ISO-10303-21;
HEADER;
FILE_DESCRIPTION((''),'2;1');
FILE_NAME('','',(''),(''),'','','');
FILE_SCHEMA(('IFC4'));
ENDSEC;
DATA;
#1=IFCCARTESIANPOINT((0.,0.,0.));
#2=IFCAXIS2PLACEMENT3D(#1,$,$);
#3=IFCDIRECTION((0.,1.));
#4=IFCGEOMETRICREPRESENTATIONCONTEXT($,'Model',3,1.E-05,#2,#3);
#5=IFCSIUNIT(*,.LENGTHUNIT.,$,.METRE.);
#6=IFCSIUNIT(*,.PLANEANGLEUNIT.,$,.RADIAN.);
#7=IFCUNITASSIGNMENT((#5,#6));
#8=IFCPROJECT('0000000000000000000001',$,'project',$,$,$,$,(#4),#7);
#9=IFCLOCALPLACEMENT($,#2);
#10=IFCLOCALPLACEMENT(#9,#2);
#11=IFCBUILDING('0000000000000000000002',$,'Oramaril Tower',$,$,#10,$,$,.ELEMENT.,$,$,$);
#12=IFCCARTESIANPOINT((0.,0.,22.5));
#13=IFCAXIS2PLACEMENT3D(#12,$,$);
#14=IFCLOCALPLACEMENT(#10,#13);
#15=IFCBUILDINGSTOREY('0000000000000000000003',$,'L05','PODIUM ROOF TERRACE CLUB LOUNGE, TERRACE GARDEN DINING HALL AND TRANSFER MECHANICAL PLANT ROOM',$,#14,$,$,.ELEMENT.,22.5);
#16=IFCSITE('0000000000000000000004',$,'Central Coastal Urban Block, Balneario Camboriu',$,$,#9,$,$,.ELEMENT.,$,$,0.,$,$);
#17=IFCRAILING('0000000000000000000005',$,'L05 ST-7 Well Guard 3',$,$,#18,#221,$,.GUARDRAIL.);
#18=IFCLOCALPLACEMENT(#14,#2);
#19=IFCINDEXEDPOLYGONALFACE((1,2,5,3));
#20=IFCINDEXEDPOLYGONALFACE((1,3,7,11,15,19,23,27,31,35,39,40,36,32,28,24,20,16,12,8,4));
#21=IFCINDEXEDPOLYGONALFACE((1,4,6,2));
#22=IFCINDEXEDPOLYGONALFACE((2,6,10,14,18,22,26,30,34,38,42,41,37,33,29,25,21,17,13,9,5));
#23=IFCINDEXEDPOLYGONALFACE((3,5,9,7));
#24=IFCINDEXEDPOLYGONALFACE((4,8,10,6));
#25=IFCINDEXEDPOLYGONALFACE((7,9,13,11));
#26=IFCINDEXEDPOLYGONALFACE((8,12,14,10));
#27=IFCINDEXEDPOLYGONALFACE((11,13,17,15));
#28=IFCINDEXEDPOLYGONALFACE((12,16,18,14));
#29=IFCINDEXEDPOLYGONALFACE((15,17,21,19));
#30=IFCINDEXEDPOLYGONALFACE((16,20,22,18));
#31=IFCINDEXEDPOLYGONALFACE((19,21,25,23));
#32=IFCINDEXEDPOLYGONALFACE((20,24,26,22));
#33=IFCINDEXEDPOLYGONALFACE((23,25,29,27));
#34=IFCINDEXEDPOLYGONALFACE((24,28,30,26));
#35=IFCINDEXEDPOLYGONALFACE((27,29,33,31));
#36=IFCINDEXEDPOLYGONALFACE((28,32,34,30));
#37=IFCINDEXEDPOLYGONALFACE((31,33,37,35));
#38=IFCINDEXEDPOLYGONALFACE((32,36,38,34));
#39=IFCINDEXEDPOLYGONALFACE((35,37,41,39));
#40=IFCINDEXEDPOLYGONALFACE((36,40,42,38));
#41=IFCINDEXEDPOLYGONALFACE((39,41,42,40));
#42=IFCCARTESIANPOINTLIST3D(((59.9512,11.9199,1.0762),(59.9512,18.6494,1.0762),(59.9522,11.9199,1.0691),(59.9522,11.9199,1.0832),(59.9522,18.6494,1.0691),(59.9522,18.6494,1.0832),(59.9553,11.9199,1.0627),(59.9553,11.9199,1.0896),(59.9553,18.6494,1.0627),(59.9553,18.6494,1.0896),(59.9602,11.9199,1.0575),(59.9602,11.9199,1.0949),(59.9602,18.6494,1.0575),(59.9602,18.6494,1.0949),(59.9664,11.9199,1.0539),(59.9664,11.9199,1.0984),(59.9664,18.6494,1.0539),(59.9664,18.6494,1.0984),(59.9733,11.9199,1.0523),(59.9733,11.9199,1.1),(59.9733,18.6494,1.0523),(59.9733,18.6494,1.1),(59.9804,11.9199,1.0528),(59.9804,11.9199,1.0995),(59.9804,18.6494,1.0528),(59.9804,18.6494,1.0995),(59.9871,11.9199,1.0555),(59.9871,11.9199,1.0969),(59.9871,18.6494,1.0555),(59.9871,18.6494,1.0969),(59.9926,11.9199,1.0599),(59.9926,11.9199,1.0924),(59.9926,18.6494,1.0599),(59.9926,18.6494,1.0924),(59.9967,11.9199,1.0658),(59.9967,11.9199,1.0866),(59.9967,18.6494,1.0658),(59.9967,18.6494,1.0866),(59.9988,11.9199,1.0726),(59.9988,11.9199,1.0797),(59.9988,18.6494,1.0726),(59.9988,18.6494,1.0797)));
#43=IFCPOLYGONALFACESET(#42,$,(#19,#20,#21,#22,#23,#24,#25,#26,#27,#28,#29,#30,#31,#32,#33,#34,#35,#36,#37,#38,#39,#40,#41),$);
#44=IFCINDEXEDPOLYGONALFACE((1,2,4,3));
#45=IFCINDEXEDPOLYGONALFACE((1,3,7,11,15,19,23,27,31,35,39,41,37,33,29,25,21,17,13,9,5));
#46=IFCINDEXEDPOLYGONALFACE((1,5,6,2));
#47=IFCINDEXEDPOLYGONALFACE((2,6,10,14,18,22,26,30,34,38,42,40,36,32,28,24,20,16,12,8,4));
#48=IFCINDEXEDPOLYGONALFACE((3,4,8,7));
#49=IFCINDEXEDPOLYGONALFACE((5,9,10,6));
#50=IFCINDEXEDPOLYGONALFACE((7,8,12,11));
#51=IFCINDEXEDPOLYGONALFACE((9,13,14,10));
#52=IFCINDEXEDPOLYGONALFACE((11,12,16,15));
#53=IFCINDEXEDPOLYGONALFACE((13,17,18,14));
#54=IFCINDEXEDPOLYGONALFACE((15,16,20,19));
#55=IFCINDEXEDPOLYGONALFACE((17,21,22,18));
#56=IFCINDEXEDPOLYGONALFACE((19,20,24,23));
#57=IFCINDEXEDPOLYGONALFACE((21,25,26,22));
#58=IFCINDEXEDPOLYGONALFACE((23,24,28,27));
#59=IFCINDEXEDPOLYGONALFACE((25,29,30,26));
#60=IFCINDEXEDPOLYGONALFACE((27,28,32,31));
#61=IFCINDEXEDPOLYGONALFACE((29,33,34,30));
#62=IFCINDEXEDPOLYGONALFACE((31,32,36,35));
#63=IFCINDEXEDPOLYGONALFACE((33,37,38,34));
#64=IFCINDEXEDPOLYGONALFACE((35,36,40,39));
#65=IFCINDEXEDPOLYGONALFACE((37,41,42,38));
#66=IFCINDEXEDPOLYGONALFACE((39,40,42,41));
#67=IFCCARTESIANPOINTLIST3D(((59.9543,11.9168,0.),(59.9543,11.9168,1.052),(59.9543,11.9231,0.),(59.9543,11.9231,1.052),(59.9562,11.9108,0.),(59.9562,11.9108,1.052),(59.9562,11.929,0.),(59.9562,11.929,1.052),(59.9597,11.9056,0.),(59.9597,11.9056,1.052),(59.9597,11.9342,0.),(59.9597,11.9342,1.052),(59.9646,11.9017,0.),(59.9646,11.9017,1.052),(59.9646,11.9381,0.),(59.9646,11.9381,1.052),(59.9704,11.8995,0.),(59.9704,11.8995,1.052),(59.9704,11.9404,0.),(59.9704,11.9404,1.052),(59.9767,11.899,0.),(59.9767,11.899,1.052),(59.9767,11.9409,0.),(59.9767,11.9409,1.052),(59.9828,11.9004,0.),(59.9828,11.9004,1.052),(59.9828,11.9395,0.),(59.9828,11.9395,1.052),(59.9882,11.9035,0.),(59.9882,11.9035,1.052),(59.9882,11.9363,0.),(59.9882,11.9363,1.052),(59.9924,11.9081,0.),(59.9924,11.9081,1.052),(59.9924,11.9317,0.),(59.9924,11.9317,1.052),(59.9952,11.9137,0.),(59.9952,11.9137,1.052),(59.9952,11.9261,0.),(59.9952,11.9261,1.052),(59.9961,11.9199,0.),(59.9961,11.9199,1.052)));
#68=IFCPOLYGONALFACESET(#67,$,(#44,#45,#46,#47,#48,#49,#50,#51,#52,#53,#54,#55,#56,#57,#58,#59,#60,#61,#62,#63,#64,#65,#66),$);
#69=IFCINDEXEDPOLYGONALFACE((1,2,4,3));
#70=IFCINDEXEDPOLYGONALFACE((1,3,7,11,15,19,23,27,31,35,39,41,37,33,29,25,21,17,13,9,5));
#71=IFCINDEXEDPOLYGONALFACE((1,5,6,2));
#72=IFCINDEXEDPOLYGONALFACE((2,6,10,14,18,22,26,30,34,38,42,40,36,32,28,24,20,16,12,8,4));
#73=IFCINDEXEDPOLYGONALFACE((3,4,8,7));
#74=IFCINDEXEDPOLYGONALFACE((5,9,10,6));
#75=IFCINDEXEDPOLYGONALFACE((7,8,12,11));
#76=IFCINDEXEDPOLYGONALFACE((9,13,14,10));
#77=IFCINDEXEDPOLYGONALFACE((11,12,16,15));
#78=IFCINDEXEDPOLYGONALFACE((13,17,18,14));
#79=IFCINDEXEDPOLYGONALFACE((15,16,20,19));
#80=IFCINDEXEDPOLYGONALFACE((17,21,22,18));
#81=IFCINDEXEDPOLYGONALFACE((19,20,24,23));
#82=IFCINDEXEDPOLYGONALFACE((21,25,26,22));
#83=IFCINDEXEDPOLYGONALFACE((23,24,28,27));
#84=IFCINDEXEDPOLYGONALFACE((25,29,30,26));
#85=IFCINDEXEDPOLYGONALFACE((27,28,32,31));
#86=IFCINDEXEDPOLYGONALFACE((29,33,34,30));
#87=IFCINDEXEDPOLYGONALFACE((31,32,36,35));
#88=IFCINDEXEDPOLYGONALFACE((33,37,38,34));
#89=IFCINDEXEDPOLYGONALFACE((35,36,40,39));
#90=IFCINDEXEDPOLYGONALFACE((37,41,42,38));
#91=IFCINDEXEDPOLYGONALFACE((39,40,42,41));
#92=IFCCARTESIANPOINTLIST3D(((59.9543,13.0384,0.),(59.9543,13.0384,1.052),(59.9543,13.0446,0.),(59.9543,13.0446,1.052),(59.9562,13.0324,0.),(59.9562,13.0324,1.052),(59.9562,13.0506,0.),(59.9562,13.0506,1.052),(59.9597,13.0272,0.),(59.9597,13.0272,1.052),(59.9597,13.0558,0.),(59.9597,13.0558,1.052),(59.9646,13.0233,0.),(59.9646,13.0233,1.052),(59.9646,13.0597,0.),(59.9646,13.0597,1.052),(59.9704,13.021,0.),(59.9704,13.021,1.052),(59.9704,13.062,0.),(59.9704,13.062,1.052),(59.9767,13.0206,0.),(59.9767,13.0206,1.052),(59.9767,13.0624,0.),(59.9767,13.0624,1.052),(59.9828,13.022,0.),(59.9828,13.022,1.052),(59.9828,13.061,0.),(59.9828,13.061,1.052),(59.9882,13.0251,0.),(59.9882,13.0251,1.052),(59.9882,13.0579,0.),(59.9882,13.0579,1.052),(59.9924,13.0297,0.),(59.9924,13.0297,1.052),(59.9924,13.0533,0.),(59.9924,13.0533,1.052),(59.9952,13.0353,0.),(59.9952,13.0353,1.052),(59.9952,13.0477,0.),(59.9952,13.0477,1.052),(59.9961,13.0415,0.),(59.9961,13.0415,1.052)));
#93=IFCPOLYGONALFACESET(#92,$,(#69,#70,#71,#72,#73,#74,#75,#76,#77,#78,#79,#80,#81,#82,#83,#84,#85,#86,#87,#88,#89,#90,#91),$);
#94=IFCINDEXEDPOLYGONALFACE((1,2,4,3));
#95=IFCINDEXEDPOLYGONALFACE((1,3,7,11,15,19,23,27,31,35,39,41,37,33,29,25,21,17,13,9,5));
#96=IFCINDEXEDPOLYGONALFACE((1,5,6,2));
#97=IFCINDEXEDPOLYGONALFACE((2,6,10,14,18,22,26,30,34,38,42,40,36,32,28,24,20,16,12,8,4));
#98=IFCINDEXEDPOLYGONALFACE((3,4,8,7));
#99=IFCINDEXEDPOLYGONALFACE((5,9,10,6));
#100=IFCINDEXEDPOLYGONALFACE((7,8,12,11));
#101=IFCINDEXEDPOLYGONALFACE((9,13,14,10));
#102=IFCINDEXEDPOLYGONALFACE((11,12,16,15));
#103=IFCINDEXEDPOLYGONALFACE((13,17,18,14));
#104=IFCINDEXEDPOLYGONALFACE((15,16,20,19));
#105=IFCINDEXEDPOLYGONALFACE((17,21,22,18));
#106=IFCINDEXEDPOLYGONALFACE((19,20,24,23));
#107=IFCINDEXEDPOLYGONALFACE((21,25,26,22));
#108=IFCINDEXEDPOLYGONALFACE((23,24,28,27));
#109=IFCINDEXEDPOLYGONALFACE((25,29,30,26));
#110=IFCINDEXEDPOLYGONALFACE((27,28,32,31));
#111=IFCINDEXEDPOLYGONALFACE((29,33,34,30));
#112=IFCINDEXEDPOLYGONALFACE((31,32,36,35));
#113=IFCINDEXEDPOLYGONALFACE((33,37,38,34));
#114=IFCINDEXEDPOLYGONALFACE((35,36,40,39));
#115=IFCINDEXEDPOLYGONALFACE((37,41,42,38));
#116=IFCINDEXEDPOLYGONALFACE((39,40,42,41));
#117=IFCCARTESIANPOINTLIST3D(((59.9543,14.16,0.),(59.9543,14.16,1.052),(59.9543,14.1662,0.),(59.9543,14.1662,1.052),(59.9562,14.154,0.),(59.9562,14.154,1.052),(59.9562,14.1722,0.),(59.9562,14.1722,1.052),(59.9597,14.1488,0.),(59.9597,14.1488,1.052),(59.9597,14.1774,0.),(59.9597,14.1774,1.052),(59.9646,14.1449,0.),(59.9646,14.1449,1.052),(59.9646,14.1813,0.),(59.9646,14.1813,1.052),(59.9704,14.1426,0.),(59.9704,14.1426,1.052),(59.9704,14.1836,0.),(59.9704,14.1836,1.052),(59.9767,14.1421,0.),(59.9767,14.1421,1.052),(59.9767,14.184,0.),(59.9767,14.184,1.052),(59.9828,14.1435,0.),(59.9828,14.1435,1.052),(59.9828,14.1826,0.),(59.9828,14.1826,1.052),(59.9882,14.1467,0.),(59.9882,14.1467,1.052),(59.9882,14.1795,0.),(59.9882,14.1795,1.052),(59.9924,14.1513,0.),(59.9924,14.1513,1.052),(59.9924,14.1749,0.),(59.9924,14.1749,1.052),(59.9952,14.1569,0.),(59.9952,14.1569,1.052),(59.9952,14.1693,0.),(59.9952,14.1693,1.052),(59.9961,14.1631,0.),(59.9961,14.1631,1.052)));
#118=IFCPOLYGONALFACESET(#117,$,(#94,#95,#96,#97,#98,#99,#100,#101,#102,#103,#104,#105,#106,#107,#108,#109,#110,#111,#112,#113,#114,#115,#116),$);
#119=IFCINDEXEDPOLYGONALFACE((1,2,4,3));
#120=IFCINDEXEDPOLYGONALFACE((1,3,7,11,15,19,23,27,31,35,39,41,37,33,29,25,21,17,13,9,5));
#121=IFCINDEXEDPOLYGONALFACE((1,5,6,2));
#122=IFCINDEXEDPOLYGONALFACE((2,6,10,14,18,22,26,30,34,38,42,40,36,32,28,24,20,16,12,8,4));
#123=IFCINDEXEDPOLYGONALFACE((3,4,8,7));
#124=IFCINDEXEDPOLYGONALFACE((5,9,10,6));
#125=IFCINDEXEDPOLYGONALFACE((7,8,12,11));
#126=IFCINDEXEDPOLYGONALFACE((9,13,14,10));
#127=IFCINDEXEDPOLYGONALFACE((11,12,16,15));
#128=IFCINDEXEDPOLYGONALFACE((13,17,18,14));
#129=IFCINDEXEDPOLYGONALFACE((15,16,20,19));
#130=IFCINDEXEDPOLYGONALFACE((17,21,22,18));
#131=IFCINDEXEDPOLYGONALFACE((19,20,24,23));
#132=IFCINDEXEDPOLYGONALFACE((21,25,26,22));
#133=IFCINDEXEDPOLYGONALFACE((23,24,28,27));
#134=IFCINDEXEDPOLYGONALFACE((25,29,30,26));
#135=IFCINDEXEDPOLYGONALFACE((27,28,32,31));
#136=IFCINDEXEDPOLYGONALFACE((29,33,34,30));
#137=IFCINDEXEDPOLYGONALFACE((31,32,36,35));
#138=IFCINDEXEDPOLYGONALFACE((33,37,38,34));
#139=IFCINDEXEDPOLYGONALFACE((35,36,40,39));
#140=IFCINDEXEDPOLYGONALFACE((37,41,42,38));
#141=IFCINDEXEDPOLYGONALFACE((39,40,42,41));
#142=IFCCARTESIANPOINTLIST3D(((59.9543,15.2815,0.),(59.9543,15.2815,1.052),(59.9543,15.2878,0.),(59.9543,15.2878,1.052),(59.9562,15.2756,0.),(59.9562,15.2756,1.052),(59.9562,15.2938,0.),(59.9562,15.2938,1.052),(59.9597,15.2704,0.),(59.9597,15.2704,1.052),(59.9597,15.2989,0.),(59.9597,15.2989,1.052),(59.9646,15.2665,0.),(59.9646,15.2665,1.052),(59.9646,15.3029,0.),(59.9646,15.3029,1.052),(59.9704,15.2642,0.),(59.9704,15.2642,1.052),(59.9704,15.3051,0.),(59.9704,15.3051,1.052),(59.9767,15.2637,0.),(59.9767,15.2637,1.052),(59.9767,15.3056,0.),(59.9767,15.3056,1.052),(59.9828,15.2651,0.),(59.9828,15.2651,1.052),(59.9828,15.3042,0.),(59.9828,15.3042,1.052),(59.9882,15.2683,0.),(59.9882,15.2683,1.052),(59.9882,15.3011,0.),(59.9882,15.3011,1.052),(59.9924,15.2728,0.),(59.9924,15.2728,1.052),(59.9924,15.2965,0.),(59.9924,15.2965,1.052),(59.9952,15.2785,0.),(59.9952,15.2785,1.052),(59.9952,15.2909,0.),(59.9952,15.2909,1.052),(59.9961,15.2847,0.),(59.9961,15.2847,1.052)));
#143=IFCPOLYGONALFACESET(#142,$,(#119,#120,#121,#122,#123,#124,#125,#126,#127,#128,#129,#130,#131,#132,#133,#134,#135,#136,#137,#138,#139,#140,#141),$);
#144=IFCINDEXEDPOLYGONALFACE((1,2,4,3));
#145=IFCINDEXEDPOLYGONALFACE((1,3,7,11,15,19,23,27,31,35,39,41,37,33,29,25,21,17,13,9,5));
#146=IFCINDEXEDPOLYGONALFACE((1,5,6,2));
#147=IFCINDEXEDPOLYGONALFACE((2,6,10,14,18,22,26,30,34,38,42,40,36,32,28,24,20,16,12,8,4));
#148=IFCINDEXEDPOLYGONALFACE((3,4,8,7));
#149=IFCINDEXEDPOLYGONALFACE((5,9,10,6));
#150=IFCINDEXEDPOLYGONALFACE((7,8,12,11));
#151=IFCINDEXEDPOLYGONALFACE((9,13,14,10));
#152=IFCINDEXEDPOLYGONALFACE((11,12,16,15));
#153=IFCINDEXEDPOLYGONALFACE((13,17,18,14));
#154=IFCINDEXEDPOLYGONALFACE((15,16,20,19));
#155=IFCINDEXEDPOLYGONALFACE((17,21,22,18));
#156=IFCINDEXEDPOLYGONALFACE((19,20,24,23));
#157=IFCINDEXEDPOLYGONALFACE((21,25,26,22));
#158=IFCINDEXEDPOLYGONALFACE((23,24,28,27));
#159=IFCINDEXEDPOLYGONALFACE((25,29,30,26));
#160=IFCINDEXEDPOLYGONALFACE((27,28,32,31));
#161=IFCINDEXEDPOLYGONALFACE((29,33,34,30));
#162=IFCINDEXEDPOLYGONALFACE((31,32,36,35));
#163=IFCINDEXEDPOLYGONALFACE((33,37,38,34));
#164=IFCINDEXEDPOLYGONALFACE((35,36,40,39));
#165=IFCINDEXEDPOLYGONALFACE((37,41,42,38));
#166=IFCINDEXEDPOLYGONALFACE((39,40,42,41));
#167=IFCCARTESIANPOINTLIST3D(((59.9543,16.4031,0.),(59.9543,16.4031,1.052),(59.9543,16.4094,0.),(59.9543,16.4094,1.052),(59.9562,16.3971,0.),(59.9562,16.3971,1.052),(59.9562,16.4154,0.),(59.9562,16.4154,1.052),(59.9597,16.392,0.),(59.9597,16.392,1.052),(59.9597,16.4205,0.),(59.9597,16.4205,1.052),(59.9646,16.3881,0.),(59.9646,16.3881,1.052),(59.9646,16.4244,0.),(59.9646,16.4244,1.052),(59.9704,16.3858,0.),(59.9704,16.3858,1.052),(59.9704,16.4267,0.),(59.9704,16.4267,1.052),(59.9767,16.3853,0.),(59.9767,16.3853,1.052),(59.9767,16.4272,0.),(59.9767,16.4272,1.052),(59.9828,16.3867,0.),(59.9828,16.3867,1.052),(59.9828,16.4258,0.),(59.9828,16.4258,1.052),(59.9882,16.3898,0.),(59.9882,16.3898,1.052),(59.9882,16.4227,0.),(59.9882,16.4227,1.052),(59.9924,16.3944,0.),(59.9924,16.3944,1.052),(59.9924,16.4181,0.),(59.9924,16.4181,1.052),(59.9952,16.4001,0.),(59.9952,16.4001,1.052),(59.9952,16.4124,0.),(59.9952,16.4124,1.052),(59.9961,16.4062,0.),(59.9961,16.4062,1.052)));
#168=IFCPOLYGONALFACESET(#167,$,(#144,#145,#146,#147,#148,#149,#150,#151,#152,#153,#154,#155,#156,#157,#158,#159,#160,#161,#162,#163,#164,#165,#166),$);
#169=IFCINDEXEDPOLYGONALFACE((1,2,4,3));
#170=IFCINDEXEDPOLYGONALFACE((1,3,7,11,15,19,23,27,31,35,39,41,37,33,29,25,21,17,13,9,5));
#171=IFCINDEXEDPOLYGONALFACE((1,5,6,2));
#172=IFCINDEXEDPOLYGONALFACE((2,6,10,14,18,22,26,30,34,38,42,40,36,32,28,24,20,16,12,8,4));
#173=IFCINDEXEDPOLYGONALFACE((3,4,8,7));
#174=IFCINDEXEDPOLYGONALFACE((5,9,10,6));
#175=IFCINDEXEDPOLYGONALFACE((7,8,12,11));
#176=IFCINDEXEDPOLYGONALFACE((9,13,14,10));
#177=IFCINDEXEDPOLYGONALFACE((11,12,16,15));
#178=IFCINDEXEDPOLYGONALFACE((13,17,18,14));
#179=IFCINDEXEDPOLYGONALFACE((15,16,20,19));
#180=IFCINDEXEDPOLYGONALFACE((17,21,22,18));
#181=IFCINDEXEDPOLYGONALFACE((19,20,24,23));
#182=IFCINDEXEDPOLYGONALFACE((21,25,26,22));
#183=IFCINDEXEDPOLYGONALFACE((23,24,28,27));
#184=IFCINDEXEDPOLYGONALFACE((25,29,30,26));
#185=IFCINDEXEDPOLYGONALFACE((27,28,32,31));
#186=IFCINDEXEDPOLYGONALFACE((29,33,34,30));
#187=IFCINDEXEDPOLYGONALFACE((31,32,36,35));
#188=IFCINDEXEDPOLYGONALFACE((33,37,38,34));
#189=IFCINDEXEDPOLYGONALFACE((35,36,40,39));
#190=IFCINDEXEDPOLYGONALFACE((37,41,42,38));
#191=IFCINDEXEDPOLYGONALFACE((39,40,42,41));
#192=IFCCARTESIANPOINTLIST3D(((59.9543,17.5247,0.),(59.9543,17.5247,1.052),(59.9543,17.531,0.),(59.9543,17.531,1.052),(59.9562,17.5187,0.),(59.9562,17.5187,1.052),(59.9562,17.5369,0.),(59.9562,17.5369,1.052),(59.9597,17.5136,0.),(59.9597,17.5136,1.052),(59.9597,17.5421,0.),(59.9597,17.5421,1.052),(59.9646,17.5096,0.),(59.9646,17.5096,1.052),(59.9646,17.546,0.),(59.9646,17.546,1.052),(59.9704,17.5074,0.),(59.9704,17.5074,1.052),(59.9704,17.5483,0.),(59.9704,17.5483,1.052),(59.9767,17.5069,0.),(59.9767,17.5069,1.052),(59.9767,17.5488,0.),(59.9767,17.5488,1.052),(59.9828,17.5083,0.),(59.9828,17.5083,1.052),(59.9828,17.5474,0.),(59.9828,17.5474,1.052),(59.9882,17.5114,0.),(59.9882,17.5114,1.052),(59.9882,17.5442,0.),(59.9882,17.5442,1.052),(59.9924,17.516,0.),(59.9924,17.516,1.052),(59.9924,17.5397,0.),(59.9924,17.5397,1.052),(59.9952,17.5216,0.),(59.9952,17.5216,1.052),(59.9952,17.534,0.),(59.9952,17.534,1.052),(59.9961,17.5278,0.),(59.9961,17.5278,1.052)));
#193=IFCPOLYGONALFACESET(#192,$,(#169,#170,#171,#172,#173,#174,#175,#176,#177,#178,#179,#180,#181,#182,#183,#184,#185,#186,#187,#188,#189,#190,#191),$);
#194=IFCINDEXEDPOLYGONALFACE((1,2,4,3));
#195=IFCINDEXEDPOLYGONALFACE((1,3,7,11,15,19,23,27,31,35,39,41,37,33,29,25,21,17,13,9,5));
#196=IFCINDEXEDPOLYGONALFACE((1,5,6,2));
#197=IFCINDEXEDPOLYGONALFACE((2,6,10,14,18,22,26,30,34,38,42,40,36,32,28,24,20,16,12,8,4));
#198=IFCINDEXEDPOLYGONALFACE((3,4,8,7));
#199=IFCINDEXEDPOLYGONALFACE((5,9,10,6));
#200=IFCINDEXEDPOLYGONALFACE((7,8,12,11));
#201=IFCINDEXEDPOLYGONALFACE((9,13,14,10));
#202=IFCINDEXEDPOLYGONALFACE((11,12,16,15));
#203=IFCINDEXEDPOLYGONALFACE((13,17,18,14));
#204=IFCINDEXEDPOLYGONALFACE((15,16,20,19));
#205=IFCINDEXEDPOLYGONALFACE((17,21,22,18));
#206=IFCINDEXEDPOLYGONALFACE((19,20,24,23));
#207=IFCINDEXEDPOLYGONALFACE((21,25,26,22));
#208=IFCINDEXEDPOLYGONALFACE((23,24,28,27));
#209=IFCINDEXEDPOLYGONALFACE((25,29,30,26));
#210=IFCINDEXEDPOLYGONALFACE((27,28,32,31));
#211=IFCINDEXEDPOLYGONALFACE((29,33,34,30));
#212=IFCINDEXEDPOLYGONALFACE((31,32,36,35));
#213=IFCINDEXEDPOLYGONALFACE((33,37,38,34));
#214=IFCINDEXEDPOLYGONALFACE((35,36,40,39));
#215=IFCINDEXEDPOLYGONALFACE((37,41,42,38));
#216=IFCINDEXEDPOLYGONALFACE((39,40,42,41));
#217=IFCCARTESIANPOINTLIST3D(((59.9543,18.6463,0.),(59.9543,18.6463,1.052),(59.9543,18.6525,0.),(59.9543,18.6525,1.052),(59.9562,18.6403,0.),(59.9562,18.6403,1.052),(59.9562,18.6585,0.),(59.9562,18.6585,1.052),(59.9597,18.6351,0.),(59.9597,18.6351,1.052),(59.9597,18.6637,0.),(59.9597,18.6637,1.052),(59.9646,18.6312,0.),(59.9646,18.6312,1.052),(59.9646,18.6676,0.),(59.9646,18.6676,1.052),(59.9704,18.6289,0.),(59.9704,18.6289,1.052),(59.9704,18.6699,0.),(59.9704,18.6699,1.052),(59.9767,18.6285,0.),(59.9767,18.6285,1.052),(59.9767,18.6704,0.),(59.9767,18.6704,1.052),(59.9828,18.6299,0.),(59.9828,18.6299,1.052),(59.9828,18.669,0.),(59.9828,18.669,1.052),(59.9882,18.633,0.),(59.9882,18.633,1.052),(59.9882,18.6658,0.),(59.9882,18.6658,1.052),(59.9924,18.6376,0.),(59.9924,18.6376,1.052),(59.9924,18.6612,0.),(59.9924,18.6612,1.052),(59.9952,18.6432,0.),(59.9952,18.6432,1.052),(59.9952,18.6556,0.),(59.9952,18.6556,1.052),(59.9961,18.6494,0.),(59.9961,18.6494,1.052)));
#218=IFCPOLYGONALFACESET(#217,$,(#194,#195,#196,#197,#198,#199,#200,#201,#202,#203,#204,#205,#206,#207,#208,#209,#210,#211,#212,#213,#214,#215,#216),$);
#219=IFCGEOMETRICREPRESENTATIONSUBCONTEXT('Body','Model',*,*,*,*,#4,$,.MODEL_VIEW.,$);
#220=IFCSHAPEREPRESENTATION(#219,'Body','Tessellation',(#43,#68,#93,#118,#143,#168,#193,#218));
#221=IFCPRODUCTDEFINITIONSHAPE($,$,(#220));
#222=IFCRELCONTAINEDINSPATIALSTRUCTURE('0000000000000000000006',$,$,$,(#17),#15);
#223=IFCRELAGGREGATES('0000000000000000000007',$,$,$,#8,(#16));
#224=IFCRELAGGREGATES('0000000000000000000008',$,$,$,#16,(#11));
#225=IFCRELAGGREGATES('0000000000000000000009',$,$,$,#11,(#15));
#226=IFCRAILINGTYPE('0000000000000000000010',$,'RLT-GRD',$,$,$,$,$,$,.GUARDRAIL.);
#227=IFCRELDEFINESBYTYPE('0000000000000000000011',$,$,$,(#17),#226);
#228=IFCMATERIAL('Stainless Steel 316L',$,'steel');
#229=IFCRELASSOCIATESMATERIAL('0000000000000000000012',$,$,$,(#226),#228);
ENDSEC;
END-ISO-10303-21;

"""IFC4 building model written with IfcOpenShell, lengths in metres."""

from ifc_helpers import new_model, si_unit, direction, frame, origin, origin_2d, place, context, subcontext, project, spatial, circle, extrude, material, type_object, element, save


model = new_model("IFC4")

# Units and contexts
model_context = context("Model", 3, precision=1e-05, world=origin(), true_north=direction((0.0, 1.0)))
body_context = subcontext(model_context, "Body", "Model", "MODEL_VIEW")
ifc_project = project(units=[si_unit("LENGTHUNIT", "METRE"), si_unit("PLANEANGLEUNIT", "RADIAN")], contexts=[model_context])

# Site, building, storey
site_placement = place(None, origin())
site = spatial("IfcSite", under=ifc_project, at=site_placement, Name="Central Coastal Urban Block, Balneario Camboriu", CompositionType="ELEMENT", RefElevation=0.0)
building_placement = place(site_placement, origin())
building = spatial("IfcBuilding", under=site, at=building_placement, Name="Oramaril Tower", CompositionType="ELEMENT")
storey_placement = place(building_placement, frame((0.0, 0.0, 22.5)))
storey = spatial("IfcBuildingStorey", under=building, at=storey_placement, Name="L05", Description="PODIUM ROOF TERRACE CLUB LOUNGE, TERRACE GARDEN DINING HALL AND TRANSFER MECHANICAL PLANT ROOM", CompositionType="ELEMENT", Elevation=22.5)

# Railing
ifc_material_1 = material(Name="Stainless Steel 316L", Category="steel")
railing_type = type_object("IfcRailingType", Name="RLT-GRD", PredefinedType="GUARDRAIL", material=ifc_material_1)
railing_1_placement = place(storey_placement, frame((59.9751, 11.9199, 0.0)))
element("IfcRailing", 1, at=railing_1_placement, inside=storey, type_object=railing_type, Name="L05 ST-7 Well Guard 3", PredefinedType="GUARDRAIL", context=body_context, shape_type="SweptSolid", body=[
    extrude(circle(Radius=0.0239, at=origin_2d()), frame((0.0, 0.0, 1.0762), z_axis=(0.0, 1.0, 0.0), x_axis=(-1.0, 0.0, 0.0)), (0.0, 0.0, 1.0), 6.7295),
    extrude(circle(Radius=0.021, at=origin_2d()), origin(), (0.0, 0.0, 1.0), 1.052),
    extrude(circle(Radius=0.021, at=origin_2d()), frame((0.0, 1.1216, 0.0)), (0.0, 0.0, 1.0), 1.052),
    extrude(circle(Radius=0.021, at=origin_2d()), frame((0.0, 2.2432, 0.0)), (0.0, 0.0, 1.0), 1.052),
    extrude(circle(Radius=0.021, at=origin_2d()), frame((0.0, 3.3647, 0.0)), (0.0, 0.0, 1.0), 1.052),
    extrude(circle(Radius=0.021, at=origin_2d()), frame((0.0, 4.4863, 0.0)), (0.0, 0.0, 1.0), 1.052),
    extrude(circle(Radius=0.021, at=origin_2d()), frame((0.0, 5.6079, 0.0)), (0.0, 0.0, 1.0), 1.052),
    extrude(circle(Radius=0.021, at=origin_2d()), frame((0.0, 6.7295, 0.0)), (0.0, 0.0, 1.0), 1.052),
])

save(model, "model.ifc")
